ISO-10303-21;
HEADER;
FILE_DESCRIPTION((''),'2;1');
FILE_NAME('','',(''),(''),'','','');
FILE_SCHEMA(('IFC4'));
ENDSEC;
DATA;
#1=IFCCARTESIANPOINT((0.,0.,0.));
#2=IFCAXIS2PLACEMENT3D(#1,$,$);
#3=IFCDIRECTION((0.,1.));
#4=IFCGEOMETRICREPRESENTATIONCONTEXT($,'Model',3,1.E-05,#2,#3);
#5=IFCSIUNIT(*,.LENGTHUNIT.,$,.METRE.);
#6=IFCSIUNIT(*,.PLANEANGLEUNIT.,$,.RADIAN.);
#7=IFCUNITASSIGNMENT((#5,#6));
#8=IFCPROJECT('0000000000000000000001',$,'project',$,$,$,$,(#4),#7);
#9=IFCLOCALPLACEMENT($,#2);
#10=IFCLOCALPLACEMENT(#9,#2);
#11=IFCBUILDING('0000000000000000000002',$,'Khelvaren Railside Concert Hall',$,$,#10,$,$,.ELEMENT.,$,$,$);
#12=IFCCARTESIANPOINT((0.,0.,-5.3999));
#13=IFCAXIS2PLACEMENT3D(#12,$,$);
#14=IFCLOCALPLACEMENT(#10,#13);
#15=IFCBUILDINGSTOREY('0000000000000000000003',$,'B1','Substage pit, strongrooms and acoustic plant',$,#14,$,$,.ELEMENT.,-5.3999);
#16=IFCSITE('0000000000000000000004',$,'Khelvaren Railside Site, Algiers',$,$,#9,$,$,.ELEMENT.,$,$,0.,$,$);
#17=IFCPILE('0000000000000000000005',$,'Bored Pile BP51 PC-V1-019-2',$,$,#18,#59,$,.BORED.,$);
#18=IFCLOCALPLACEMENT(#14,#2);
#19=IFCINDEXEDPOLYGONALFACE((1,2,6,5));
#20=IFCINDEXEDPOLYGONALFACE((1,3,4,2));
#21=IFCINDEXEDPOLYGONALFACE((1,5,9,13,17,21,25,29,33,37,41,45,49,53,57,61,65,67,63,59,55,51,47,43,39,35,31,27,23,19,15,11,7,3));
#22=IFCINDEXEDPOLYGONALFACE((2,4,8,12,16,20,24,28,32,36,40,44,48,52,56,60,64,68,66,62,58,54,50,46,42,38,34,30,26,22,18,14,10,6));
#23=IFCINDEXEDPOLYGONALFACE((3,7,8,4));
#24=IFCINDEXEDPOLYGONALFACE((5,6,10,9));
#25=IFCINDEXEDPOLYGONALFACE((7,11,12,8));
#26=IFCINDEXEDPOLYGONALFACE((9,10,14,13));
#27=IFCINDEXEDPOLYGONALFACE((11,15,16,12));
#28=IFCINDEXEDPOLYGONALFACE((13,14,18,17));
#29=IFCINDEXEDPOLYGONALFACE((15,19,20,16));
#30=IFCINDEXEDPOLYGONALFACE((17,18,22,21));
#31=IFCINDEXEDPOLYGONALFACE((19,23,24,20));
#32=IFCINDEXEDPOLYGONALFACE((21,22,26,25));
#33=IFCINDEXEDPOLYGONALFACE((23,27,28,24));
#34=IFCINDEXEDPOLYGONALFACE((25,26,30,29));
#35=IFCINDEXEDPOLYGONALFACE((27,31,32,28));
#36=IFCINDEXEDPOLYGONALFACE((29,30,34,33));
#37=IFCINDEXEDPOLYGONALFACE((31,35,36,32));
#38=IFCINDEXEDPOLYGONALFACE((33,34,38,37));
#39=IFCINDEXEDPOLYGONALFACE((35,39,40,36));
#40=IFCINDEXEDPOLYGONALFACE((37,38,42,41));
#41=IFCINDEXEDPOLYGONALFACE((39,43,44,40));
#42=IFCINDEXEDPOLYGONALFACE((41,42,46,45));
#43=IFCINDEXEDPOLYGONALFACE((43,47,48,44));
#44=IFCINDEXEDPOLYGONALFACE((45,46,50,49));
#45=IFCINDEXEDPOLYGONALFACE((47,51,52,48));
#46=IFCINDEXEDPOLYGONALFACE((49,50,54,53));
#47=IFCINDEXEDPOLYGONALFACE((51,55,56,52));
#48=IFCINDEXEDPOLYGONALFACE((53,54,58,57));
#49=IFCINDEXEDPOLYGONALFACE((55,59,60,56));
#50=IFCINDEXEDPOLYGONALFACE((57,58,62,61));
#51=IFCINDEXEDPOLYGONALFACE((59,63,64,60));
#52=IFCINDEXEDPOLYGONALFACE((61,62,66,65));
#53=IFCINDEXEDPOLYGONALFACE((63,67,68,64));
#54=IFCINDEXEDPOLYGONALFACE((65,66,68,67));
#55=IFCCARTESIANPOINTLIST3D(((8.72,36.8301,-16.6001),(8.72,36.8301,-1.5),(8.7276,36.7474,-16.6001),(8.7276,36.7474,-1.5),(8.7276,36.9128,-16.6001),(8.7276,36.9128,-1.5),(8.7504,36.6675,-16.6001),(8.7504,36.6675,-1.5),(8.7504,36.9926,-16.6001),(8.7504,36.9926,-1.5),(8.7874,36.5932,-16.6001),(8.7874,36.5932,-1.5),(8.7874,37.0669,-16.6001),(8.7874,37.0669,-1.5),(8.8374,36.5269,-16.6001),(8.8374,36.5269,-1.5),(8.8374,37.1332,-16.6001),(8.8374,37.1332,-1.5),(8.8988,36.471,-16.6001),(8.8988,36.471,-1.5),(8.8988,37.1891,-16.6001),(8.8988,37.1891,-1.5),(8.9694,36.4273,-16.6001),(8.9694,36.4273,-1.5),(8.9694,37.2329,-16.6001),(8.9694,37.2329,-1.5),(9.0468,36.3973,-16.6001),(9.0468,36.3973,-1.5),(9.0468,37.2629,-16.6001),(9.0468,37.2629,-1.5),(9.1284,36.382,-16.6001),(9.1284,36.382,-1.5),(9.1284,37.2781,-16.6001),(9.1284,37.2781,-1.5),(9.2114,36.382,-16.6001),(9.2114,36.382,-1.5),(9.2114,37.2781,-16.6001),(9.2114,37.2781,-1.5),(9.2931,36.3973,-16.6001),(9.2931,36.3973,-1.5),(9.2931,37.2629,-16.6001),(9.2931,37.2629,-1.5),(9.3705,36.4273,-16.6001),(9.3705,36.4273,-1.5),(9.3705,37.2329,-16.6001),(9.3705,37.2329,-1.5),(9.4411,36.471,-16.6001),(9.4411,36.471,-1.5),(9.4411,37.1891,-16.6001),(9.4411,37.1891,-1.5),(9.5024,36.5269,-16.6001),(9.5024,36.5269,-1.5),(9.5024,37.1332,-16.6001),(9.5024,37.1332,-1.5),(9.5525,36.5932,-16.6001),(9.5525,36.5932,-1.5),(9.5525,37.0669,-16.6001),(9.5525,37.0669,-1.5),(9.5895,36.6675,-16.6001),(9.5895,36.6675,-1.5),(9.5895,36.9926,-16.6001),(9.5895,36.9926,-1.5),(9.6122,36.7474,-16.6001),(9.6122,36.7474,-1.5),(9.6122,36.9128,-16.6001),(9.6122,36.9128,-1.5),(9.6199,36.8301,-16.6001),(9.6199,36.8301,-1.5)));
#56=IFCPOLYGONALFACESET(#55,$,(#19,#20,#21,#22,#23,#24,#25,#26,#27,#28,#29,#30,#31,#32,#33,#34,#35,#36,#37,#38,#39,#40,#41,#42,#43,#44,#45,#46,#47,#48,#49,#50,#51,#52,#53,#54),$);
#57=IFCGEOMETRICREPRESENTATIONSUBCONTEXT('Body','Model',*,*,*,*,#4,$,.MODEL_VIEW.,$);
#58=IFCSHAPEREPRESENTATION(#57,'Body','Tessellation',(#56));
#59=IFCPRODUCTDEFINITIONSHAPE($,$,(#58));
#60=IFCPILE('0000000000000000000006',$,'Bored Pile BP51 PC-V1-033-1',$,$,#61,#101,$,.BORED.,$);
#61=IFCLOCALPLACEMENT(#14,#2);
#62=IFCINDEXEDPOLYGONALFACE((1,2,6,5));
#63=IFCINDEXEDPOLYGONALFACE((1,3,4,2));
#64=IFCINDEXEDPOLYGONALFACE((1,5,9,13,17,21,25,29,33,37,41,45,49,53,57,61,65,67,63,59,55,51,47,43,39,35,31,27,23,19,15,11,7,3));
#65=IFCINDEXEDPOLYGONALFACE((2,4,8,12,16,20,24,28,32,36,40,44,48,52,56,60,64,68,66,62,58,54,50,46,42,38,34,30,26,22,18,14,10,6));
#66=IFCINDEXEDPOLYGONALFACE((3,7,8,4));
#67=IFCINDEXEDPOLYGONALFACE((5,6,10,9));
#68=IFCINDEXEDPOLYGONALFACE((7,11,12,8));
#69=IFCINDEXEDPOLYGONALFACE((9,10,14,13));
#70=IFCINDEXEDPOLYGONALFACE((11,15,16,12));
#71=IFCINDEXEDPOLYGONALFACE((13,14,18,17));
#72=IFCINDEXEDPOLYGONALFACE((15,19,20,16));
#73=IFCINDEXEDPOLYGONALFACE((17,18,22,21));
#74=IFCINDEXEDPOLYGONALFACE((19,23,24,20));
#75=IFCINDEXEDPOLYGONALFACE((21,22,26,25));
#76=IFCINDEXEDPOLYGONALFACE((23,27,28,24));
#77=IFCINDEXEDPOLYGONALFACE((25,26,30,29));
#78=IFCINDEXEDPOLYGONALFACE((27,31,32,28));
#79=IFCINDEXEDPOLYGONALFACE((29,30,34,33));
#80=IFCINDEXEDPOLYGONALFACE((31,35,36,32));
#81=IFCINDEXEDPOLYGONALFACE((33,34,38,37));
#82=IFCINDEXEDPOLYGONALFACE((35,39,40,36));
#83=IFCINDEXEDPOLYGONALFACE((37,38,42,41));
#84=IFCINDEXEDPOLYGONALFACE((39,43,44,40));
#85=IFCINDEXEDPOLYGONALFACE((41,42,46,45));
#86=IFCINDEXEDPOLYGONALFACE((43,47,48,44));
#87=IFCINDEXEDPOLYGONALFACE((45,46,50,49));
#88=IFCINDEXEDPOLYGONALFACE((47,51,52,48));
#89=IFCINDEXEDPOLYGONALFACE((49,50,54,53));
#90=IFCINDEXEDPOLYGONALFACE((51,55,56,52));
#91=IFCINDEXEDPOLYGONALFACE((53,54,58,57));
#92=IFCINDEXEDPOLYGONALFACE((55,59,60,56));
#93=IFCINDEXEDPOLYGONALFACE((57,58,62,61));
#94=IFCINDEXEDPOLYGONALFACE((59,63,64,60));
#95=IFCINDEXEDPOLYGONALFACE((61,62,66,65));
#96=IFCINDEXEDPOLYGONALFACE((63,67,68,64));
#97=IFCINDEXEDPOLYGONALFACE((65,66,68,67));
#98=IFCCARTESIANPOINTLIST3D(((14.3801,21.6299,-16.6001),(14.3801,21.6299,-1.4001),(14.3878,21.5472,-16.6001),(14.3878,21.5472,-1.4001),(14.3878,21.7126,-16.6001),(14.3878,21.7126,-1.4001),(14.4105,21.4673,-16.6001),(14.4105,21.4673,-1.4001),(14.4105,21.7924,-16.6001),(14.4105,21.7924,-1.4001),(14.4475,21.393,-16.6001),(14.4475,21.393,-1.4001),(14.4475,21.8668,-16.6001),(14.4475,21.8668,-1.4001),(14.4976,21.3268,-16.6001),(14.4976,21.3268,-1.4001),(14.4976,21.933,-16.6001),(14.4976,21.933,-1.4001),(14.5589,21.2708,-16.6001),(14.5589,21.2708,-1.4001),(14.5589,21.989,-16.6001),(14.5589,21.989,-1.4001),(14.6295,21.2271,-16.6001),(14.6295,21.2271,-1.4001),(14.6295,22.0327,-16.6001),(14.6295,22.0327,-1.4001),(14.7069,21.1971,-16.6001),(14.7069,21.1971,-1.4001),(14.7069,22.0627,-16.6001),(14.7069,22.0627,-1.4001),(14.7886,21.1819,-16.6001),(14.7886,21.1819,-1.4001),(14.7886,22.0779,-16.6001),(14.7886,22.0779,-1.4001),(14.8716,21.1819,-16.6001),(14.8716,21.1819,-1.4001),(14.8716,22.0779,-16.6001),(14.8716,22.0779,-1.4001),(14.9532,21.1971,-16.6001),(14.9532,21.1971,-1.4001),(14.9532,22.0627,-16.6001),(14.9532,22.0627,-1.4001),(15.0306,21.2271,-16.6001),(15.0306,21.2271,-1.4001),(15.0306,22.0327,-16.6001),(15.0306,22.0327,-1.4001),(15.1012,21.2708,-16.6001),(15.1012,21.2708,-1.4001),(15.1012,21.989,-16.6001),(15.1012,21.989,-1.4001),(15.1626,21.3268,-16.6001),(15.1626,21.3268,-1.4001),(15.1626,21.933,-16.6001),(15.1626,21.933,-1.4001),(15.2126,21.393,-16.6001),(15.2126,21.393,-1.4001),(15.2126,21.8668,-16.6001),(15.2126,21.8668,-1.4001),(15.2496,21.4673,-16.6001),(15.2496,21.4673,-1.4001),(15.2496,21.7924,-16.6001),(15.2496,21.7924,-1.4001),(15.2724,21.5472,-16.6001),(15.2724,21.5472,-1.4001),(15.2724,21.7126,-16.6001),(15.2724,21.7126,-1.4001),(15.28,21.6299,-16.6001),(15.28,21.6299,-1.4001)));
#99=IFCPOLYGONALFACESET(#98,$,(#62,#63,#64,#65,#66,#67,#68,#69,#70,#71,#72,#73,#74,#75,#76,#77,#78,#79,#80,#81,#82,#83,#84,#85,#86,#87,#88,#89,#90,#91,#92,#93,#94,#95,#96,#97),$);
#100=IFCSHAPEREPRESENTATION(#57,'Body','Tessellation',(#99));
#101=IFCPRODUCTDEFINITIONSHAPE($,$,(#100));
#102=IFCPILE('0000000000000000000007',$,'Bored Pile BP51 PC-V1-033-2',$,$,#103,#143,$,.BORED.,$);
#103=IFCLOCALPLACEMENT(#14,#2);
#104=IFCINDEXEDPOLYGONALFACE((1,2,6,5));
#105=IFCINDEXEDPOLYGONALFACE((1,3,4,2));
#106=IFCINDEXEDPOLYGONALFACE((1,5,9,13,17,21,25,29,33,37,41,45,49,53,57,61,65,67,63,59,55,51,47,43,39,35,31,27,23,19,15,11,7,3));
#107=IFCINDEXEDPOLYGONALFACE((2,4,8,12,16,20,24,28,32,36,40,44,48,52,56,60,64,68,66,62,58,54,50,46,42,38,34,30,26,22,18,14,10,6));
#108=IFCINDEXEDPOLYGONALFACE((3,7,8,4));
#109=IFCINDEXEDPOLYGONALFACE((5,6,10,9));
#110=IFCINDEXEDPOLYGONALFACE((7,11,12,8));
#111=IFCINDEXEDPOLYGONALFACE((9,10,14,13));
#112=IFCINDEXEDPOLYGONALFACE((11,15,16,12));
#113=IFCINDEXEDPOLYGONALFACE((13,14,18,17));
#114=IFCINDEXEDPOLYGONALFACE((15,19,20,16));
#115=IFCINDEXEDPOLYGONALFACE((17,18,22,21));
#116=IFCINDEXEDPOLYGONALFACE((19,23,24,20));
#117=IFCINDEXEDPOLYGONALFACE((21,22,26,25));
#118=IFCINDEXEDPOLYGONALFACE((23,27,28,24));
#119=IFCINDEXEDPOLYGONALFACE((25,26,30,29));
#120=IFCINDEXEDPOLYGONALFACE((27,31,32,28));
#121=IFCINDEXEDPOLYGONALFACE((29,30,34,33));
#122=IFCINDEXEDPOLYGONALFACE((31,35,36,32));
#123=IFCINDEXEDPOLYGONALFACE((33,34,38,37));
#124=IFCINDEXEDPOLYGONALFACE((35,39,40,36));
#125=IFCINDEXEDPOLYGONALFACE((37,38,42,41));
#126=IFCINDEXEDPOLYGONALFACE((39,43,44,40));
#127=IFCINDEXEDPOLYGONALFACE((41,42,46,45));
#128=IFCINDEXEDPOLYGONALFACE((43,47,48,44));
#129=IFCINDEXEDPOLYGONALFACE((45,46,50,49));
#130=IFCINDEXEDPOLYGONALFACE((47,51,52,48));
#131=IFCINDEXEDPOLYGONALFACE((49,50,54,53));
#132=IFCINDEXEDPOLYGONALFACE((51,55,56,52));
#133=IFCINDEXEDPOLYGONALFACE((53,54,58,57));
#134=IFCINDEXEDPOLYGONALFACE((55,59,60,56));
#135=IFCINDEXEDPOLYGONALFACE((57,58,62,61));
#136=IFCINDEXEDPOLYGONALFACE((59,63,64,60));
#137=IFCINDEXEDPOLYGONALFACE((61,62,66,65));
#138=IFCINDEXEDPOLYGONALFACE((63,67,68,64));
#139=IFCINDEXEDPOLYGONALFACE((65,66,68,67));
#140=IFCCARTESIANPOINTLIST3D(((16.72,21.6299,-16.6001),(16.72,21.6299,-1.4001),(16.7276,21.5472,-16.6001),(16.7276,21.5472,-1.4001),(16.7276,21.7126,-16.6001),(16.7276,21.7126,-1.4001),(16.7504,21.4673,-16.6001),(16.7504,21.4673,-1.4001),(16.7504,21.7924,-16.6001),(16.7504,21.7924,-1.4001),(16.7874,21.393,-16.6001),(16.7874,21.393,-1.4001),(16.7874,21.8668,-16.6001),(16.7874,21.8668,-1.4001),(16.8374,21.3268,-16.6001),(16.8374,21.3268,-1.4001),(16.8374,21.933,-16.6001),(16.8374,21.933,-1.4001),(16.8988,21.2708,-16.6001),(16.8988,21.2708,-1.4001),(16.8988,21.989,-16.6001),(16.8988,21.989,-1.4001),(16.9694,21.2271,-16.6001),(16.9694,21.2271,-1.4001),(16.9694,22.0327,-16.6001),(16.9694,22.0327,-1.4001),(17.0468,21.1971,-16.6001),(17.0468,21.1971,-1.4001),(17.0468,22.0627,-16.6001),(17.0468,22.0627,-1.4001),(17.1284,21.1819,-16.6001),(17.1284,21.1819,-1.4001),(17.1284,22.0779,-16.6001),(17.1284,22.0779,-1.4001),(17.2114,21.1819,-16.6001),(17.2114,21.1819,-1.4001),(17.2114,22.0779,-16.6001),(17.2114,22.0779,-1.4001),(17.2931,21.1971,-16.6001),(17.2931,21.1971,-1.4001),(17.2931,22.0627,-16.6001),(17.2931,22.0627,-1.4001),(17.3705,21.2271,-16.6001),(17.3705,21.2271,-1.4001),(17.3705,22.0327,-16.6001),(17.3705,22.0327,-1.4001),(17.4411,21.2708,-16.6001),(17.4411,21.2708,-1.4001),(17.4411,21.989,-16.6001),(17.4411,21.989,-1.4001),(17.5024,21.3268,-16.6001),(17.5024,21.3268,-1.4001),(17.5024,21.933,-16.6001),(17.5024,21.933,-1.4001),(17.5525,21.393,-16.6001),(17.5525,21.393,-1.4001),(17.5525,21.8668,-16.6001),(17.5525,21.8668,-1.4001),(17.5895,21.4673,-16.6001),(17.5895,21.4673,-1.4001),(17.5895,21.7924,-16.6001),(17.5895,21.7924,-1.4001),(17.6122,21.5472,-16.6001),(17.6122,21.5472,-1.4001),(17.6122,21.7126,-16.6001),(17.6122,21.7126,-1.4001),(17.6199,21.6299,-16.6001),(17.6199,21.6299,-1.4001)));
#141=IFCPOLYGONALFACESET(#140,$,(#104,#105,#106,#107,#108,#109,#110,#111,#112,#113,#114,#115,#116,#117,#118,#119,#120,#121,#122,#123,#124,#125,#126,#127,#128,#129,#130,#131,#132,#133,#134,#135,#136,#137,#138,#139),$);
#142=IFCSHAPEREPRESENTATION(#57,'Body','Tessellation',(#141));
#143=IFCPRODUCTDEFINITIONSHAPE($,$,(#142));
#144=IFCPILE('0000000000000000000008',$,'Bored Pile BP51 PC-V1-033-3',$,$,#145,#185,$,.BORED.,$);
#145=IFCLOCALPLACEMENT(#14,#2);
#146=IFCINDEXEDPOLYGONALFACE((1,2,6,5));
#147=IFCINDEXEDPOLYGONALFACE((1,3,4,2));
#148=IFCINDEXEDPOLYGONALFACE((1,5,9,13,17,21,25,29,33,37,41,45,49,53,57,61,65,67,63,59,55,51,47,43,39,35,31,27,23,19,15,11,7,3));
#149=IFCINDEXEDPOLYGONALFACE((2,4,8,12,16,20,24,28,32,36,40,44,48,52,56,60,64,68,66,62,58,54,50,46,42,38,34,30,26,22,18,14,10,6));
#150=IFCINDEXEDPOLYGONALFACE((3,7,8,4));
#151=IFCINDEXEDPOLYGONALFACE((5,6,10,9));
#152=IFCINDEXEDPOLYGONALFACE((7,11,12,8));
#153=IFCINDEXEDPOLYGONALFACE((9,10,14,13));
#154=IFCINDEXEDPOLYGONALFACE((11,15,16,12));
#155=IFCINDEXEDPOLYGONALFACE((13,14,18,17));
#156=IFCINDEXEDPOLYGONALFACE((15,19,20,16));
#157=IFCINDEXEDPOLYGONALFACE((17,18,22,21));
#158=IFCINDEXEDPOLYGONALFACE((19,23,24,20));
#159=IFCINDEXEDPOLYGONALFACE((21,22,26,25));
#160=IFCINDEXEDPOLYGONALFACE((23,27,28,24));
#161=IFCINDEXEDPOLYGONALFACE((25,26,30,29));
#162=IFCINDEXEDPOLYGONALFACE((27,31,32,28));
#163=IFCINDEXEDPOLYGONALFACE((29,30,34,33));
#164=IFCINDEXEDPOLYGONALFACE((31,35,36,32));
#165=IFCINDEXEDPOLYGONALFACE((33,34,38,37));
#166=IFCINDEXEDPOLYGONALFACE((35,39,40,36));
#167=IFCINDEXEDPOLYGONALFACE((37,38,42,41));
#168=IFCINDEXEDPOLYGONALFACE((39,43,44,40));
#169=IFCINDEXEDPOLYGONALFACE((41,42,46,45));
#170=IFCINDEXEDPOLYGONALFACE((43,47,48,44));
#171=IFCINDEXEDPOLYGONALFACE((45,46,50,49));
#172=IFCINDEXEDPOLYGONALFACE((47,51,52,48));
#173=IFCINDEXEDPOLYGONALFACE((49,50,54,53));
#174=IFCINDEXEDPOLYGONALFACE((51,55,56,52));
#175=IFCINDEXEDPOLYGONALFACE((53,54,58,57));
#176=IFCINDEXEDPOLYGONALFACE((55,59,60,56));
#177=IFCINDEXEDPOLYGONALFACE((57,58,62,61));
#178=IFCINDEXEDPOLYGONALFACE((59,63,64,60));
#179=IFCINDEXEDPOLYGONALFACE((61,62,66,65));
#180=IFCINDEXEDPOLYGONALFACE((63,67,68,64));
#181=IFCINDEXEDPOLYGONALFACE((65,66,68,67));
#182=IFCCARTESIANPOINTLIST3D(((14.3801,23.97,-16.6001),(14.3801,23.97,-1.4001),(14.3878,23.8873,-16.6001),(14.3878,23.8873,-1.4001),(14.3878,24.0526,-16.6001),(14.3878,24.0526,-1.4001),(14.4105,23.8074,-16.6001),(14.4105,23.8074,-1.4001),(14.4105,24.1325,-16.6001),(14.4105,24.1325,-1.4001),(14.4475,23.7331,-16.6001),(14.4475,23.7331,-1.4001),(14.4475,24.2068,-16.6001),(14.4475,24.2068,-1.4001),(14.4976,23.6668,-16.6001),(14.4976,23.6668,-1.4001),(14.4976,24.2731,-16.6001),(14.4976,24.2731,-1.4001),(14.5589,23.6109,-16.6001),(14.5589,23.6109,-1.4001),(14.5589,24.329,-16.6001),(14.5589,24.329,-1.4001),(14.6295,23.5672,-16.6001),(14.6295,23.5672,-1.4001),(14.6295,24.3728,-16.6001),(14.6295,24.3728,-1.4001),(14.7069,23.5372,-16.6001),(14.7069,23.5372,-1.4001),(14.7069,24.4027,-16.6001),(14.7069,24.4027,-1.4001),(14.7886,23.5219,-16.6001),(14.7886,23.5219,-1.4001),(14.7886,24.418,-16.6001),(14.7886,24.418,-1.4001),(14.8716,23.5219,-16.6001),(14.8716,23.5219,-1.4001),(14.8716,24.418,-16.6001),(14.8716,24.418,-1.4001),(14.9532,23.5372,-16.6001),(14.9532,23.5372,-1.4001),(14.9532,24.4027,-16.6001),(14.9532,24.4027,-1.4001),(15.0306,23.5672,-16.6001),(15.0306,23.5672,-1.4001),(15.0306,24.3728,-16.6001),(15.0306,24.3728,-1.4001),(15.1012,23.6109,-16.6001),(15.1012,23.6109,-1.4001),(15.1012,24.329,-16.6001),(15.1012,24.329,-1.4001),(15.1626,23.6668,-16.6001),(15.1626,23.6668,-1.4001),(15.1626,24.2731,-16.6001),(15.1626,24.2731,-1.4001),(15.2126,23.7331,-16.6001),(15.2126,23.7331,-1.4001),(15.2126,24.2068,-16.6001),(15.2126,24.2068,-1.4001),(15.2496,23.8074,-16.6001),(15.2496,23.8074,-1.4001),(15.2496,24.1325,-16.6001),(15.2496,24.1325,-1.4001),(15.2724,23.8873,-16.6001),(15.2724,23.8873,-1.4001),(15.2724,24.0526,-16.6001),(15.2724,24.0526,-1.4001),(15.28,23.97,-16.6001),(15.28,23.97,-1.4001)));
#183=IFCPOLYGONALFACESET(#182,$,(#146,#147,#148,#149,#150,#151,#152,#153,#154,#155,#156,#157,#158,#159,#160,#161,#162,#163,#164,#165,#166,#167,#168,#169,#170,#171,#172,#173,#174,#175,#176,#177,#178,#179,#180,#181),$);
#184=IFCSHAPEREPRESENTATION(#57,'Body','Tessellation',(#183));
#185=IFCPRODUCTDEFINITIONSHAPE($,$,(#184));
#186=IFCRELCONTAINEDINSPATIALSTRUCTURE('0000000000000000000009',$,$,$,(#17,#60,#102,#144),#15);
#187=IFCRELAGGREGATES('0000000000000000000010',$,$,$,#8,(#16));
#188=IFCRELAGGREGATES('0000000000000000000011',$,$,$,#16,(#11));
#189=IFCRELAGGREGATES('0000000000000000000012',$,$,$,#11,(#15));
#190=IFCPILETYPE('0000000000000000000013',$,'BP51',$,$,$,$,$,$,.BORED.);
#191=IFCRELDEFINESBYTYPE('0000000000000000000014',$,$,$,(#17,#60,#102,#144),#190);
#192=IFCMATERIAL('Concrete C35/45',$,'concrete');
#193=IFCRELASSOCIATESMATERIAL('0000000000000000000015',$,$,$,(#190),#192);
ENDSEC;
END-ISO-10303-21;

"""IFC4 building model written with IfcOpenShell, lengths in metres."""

from ifc_helpers import new_model, si_unit, direction, frame, origin, origin_2d, place, context, subcontext, project, spatial, circle, extrude, material, material_profile, profile_set, type_object, element, save


model = new_model("IFC4")

# Units and contexts
model_context = context("Model", 3, precision=1e-05, world=origin(), true_north=direction((0.0, 1.0)))
body_context = subcontext(model_context, "Body", "Model", "MODEL_VIEW")
ifc_project = project(units=[si_unit("LENGTHUNIT", "METRE"), si_unit("PLANEANGLEUNIT", "RADIAN")], contexts=[model_context])

# Site, building, storey
site_placement = place(None, origin())
site = spatial("IfcSite", under=ifc_project, at=site_placement, Name="Khelvaren Railside Site, Algiers", CompositionType="ELEMENT", RefElevation=0.0)
building_placement = place(site_placement, origin())
building = spatial("IfcBuilding", under=site, at=building_placement, Name="Khelvaren Railside Concert Hall", CompositionType="ELEMENT")
storey_placement = place(building_placement, frame((0.0, 0.0, -5.3999)))
storey = spatial("IfcBuildingStorey", under=building, at=storey_placement, Name="B1", Description="Substage pit, strongrooms and acoustic plant", CompositionType="ELEMENT", Elevation=-5.3999)

# Piles
ifc_material_1 = material(Name="Concrete C35/45", Category="concrete")
ifc_material_profile_1 = material_profile(ifc_material_1, circle(Radius=0.45, at=origin_2d()), Name="BP D900")
ifc_profile_set_1 = profile_set([ifc_material_profile_1], Name="Concrete C35/45")
pile_type = type_object("IfcPileType", Name="BP51", PredefinedType="BORED", material=ifc_profile_set_1)
pile_placement = place(storey_placement, frame((9.1699, 36.8301, -1.5), z_axis=(0.0, 0.0, -1.0), x_axis=(1.0, 0.0, 0.0)))
element("IfcPile", 1, at=pile_placement, inside=storey, type_object=pile_type, Name="Bored Pile BP51 PC-V1-019-2", PredefinedType="BORED", context=body_context, shape_type="SweptSolid", body=[
    extrude(circle(Radius=0.45, at=origin_2d()), origin(), (0.0, 0.0, 1.0), 15.1001),
])
for number, where, z_axis, x_axis, name in (
    (2, (14.8301, 21.6299, -1.4001), (0.0, 0.0, -1.0), (1.0, 0.0, 0.0), "Bored Pile BP51 PC-V1-033-1"),
    (3, (17.1699, 21.6299, -1.4001), (0.0, 0.0, -1.0), (1.0, 0.0, 0.0), "Bored Pile BP51 PC-V1-033-2"),
    (4, (14.8301, 23.97, -1.4001), (0.0, 0.0, -1.0), (1.0, 0.0, 0.0), "Bored Pile BP51 PC-V1-033-3"),
):
    element("IfcPile", number, at=place(storey_placement, frame(where, z_axis=z_axis, x_axis=x_axis)), inside=storey, type_object=pile_type, Name=name, PredefinedType="BORED", context=body_context, shape_type="SweptSolid", body=[
        extrude(circle(Radius=0.45, at=origin_2d()), origin(), (0.0, 0.0, 1.0), 15.2),
    ])

save(model, "model.ifc")
